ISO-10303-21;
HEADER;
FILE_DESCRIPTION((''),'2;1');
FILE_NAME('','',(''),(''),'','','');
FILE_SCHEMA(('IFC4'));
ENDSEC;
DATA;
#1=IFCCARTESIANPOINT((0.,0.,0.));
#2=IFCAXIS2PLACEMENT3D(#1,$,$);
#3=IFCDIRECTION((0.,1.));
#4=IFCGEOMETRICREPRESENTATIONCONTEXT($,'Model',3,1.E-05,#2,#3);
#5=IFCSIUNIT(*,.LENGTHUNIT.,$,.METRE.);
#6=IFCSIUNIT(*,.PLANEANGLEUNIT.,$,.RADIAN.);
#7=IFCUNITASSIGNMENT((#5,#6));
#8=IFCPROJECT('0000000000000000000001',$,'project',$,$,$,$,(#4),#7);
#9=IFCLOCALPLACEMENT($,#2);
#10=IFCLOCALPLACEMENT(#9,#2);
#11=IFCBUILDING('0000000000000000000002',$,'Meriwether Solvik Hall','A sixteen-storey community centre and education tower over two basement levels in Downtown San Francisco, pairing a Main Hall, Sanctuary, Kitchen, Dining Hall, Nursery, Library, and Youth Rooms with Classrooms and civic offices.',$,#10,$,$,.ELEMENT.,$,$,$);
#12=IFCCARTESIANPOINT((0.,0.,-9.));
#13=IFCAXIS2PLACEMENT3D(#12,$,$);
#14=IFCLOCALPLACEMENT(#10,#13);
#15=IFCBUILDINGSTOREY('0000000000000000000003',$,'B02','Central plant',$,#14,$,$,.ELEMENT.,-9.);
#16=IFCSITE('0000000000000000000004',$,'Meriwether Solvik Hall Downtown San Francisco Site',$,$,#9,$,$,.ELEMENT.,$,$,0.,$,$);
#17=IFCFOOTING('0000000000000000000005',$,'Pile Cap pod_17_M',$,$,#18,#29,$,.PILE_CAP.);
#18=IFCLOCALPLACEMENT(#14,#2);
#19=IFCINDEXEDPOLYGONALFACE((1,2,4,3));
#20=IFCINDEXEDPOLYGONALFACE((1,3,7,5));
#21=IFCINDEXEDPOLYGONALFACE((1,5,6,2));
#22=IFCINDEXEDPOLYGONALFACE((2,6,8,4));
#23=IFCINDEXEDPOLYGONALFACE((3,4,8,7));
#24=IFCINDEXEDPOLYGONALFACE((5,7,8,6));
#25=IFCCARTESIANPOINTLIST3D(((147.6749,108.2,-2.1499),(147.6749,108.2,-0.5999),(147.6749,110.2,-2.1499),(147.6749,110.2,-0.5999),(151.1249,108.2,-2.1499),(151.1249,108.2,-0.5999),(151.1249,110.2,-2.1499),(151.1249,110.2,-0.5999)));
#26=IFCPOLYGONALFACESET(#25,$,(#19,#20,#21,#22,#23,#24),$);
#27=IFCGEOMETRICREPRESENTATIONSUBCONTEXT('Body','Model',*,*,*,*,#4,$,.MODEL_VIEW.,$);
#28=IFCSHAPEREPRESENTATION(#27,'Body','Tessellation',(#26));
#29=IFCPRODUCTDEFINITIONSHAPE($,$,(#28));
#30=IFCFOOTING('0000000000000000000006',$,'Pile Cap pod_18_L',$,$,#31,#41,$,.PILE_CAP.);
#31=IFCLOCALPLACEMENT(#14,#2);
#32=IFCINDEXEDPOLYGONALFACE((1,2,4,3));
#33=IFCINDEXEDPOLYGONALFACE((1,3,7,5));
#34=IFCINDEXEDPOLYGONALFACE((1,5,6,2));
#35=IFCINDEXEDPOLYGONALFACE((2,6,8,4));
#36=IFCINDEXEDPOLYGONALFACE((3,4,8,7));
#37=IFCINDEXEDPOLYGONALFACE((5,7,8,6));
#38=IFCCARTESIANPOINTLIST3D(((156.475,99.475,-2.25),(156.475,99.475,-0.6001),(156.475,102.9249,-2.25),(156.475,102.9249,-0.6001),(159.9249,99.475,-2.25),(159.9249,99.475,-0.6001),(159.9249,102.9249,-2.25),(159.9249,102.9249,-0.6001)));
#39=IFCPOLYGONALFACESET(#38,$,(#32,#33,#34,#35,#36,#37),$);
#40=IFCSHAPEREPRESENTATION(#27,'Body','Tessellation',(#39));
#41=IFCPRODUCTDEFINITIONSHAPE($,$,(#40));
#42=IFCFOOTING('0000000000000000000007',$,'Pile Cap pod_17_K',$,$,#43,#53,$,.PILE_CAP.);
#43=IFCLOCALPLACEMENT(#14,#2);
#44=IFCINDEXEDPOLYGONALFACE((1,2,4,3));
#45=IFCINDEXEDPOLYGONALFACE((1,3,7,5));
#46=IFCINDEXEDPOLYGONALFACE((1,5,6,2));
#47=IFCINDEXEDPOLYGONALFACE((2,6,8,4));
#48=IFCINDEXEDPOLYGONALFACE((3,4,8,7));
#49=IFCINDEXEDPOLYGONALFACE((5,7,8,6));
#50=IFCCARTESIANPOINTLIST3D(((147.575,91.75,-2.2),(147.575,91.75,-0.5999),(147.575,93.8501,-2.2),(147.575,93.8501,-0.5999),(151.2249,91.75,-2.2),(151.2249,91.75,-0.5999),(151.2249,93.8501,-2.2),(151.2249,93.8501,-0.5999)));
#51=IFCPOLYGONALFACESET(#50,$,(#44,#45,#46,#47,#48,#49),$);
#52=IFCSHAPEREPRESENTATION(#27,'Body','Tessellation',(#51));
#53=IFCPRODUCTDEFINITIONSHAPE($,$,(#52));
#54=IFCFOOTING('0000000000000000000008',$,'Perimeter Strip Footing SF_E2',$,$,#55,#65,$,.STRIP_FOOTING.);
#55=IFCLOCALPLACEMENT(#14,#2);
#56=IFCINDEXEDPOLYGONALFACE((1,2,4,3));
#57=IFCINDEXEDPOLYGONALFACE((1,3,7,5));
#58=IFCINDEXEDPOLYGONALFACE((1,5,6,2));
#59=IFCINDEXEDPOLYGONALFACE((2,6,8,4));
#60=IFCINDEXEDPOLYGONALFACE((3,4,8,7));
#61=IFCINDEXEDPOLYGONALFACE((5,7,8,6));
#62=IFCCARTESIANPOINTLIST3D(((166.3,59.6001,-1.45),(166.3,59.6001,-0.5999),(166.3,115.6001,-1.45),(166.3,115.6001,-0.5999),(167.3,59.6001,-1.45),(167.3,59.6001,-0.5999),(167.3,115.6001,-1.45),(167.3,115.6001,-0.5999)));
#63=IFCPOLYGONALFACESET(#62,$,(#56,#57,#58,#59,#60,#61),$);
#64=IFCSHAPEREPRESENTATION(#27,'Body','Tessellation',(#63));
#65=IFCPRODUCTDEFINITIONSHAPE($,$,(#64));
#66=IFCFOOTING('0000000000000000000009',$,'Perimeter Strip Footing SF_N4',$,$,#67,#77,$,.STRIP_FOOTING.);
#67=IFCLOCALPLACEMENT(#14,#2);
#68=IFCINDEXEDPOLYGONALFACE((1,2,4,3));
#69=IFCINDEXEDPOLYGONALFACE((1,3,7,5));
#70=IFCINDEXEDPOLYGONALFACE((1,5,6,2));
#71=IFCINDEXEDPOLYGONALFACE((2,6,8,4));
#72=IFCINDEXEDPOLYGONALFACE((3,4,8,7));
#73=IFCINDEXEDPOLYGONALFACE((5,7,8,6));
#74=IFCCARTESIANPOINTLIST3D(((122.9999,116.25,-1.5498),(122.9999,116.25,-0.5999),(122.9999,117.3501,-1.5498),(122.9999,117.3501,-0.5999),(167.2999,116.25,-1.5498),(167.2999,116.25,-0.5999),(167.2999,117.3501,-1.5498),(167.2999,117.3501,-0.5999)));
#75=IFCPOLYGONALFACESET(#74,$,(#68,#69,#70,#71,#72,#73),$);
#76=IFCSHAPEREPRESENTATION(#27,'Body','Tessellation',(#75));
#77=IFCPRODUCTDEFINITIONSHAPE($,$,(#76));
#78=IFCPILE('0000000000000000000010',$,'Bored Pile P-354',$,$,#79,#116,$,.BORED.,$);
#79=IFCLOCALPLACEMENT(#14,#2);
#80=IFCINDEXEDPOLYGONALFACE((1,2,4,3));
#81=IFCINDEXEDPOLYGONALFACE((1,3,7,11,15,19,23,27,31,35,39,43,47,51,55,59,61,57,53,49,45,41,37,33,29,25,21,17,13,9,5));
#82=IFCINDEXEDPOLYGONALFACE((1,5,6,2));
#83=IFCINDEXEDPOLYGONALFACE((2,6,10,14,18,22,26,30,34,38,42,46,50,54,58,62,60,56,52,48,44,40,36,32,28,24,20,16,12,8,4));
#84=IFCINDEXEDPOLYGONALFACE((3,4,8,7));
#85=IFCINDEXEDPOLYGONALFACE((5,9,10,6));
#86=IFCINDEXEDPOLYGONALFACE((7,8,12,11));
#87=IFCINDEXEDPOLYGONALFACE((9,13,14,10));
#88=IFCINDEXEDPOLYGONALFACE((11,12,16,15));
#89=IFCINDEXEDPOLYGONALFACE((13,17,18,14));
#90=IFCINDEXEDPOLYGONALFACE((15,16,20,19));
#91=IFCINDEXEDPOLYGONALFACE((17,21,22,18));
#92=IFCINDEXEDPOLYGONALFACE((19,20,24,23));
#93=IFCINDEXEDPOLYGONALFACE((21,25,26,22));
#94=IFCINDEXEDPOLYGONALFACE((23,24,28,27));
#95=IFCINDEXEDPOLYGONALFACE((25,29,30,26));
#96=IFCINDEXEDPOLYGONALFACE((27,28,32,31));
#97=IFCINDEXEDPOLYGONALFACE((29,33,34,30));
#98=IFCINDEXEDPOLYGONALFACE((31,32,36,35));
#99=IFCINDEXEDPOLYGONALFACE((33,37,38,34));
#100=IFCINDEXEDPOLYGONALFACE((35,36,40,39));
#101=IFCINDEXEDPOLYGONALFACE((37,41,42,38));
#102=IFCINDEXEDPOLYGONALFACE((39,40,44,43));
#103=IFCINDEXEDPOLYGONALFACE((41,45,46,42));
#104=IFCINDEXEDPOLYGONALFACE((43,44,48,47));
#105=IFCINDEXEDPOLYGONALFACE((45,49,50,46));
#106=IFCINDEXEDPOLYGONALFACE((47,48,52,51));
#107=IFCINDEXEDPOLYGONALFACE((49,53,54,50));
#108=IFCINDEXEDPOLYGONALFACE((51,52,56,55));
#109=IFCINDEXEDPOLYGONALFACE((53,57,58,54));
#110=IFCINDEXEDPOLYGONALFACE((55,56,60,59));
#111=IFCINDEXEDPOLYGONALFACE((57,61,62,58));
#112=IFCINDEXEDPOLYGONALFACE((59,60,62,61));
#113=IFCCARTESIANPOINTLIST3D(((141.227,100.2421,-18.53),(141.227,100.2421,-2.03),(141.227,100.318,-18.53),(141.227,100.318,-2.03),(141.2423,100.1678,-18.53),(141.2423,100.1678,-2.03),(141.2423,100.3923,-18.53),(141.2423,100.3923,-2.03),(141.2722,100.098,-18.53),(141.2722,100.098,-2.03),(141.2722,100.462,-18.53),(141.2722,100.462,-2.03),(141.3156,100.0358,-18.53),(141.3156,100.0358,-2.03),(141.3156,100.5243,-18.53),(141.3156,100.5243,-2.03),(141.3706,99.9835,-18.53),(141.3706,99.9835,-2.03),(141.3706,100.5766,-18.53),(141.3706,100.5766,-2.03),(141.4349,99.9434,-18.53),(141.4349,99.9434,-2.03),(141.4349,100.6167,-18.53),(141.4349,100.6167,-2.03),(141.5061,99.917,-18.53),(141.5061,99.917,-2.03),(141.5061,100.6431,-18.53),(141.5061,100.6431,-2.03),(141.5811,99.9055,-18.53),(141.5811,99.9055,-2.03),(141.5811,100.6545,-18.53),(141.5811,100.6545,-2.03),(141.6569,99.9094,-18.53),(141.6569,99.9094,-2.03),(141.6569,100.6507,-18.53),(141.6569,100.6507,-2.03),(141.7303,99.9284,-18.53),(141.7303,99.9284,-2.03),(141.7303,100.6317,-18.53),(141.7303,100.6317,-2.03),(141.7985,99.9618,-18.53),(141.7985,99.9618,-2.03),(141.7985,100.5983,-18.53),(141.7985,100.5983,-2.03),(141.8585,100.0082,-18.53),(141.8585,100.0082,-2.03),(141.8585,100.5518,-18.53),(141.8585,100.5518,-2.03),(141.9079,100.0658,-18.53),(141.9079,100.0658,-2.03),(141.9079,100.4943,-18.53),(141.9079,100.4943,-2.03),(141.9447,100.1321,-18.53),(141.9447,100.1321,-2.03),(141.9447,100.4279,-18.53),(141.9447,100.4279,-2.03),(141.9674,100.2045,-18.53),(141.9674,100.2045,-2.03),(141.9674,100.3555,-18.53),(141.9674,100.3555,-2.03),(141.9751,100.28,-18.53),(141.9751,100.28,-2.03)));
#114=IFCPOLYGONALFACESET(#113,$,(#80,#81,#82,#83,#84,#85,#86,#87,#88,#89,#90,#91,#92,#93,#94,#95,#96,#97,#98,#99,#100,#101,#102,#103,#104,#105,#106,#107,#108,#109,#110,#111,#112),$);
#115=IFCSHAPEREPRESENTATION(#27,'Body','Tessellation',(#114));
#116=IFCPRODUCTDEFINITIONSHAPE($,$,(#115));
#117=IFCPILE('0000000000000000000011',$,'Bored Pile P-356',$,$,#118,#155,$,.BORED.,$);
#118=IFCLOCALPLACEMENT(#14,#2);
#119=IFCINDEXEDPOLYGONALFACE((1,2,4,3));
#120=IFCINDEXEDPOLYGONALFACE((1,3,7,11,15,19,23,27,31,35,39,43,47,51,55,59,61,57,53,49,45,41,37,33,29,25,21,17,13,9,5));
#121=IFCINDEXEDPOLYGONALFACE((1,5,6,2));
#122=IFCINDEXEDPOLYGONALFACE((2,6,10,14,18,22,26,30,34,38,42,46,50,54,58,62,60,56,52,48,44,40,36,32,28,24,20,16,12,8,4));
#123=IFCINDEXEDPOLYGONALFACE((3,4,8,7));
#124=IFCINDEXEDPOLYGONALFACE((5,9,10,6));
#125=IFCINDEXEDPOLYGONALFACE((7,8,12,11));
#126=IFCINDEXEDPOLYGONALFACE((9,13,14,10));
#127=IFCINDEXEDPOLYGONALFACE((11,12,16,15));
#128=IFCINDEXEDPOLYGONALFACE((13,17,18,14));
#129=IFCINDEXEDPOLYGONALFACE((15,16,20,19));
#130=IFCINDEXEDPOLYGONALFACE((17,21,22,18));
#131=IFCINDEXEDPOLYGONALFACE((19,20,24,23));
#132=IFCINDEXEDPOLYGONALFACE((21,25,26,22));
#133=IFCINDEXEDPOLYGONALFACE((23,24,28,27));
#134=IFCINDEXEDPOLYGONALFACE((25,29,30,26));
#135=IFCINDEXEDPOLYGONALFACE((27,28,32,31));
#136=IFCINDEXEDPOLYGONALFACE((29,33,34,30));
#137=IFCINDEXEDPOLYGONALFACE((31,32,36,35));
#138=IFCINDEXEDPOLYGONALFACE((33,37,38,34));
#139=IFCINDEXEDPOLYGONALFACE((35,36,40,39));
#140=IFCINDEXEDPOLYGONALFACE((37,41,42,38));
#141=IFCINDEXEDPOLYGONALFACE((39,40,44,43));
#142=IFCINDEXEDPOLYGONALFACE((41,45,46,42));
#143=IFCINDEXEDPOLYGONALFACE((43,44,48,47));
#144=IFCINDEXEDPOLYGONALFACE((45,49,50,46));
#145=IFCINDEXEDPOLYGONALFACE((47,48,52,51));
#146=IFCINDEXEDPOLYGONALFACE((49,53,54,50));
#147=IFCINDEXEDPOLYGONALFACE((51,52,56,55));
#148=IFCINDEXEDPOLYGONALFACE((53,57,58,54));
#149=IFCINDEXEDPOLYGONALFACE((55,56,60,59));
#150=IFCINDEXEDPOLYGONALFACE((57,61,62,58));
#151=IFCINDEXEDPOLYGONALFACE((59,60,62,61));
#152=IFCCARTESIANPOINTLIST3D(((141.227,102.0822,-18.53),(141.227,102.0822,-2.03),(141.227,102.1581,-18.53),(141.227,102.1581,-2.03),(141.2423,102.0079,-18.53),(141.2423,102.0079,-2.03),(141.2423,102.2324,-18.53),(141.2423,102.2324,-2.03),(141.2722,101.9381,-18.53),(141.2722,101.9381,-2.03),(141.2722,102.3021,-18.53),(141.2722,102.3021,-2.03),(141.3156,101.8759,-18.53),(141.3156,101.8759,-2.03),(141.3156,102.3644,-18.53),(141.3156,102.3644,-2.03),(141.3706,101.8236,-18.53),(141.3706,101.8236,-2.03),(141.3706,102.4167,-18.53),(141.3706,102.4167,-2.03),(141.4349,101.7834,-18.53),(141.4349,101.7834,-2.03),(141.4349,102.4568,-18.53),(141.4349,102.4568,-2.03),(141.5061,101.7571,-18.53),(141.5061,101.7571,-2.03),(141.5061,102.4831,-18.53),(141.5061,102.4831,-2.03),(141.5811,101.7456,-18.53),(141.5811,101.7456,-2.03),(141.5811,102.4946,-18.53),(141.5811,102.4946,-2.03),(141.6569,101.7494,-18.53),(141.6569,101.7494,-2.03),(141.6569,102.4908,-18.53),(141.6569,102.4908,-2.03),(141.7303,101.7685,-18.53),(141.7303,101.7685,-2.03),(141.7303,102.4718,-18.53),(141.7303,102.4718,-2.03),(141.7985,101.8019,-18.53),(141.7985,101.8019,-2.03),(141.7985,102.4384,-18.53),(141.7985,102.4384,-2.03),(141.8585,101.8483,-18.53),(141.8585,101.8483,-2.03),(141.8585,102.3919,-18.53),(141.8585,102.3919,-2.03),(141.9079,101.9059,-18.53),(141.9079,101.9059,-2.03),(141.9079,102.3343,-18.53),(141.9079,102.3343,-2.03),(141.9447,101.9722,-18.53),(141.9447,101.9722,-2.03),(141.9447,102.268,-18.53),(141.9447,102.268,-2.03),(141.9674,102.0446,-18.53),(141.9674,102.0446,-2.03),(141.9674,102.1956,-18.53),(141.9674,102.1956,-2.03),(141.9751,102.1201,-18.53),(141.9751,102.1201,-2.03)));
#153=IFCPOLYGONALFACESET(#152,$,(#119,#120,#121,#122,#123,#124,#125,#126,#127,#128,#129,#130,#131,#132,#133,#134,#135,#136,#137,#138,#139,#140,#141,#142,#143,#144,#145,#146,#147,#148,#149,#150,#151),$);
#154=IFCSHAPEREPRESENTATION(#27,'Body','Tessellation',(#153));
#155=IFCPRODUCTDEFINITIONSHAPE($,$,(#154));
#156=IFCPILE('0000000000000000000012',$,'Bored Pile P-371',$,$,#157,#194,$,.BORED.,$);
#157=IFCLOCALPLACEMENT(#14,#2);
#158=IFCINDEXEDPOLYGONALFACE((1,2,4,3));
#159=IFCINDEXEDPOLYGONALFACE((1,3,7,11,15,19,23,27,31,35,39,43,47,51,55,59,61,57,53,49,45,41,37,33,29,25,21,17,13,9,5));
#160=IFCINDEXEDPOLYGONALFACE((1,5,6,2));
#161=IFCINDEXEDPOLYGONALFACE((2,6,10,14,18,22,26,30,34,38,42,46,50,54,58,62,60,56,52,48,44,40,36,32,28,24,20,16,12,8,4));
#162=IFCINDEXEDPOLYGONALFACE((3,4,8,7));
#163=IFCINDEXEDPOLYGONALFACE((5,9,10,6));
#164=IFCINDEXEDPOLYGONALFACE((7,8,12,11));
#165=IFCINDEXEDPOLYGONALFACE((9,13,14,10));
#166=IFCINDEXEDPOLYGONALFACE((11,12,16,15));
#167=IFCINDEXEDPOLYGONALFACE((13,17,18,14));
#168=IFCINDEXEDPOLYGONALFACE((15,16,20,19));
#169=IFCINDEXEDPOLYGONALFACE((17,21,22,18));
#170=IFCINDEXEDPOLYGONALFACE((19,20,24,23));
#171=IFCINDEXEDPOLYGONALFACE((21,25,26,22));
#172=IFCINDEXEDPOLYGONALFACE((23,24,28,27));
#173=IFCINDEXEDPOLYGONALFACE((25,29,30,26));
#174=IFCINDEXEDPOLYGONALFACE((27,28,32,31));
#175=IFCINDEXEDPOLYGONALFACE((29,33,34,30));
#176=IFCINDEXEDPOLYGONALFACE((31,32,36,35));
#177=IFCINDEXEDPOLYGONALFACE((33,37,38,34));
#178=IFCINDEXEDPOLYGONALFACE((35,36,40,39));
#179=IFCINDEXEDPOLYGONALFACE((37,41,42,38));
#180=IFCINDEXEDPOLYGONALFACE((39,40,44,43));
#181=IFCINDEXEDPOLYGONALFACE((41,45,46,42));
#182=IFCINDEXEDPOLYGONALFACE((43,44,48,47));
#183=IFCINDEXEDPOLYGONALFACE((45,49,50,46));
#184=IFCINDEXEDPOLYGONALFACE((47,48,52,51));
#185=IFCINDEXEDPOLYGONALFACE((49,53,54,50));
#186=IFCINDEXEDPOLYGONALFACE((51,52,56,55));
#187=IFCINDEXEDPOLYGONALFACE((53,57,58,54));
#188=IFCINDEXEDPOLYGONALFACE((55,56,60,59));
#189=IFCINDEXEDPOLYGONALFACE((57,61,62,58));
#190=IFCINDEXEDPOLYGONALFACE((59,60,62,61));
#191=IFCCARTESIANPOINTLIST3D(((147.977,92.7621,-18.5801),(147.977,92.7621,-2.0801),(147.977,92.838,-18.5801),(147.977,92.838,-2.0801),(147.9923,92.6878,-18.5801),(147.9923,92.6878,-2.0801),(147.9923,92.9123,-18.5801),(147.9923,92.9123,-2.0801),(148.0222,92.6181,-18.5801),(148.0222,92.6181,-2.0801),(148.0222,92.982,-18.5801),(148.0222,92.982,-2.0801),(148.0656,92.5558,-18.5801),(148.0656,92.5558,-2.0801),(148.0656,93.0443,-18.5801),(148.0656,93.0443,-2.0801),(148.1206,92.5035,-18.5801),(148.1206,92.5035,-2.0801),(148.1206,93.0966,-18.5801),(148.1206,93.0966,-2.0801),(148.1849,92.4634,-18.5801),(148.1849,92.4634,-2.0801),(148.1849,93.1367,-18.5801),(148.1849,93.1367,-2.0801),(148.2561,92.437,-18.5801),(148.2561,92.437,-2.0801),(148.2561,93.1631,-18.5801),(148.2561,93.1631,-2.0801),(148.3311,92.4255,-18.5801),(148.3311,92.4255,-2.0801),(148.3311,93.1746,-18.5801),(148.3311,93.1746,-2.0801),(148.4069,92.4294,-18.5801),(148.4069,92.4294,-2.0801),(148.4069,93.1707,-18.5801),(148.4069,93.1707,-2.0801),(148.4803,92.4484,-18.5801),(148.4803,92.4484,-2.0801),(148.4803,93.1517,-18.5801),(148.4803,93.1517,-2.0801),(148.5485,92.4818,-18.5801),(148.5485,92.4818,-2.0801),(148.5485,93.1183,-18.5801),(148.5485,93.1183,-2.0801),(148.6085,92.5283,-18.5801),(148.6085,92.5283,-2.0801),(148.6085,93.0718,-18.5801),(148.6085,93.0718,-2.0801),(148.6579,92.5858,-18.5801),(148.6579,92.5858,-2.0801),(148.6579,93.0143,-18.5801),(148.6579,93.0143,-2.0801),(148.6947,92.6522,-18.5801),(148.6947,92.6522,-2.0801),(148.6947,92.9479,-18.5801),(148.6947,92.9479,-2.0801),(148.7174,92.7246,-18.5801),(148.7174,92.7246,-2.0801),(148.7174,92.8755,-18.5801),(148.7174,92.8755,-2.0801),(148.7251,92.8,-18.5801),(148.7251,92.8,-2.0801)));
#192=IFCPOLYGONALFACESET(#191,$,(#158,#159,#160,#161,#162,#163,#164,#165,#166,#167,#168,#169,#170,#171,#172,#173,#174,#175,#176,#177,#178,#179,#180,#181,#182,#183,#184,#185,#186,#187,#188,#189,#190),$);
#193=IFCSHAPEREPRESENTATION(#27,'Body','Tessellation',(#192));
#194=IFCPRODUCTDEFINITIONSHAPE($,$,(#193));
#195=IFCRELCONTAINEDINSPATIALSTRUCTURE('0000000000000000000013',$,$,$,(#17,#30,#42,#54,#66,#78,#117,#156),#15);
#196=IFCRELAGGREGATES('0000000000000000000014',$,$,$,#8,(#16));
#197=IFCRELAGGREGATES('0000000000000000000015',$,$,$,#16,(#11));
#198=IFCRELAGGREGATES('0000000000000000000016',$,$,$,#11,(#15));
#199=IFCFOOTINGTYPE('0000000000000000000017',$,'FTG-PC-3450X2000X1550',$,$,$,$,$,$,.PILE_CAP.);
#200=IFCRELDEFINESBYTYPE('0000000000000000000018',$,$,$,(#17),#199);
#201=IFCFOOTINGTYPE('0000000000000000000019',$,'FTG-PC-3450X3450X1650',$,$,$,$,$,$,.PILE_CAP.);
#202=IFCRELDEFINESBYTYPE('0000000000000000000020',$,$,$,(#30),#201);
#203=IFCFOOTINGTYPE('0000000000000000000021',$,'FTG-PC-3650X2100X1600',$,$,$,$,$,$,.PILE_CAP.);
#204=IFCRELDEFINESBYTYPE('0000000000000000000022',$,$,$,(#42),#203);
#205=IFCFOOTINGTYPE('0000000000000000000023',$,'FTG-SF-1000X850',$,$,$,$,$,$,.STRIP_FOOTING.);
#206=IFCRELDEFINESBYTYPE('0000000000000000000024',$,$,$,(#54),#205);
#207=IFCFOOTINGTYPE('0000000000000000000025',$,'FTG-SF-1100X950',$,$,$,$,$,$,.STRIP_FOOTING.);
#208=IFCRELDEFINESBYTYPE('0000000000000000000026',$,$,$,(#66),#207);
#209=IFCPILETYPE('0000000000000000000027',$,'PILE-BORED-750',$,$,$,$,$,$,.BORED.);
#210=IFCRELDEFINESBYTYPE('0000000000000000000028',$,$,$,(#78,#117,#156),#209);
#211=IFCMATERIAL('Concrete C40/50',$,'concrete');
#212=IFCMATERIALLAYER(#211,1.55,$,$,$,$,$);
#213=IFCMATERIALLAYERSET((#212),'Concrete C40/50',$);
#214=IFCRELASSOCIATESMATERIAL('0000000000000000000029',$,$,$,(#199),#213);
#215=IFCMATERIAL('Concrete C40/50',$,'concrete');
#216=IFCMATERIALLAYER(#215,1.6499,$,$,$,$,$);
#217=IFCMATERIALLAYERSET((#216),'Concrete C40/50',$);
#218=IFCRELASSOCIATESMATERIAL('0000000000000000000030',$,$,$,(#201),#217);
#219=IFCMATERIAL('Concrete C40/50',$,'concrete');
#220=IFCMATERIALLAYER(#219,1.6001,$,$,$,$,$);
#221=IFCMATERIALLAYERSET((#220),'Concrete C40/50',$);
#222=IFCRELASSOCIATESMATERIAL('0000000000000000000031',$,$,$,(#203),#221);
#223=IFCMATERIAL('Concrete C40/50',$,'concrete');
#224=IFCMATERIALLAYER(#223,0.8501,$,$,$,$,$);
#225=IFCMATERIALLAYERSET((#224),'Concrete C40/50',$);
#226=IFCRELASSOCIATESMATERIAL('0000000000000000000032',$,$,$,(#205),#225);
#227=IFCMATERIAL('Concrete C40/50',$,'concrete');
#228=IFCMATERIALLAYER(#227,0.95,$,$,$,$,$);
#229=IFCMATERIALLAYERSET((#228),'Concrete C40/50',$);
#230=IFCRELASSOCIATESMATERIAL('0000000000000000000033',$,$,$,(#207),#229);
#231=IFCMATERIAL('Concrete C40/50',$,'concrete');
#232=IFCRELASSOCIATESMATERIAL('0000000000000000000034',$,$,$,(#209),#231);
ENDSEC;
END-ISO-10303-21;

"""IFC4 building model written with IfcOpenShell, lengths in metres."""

from ifc_helpers import new_model, si_unit, direction, frame, origin, origin_2d, place, context, subcontext, project, spatial, rectangle, circle, extrude, material, layer, layer_set, material_profile, profile_set, type_object, element, save


model = new_model("IFC4")

# Units and contexts
model_context = context("Model", 3, precision=1e-05, world=origin(), true_north=direction((0.0, 1.0)))
body_context = subcontext(model_context, "Body", "Model", "MODEL_VIEW")
ifc_project = project(units=[si_unit("LENGTHUNIT", "METRE"), si_unit("PLANEANGLEUNIT", "RADIAN")], contexts=[model_context])

# Site, building, storey
site_placement = place(None, origin())
site = spatial("IfcSite", under=ifc_project, at=site_placement, Name="Meriwether Solvik Hall Downtown San Francisco Site", CompositionType="ELEMENT", RefElevation=0.0)
building_placement = place(site_placement, origin())
building = spatial("IfcBuilding", under=site, at=building_placement, Name="Meriwether Solvik Hall", Description="A sixteen-storey community centre and education tower over two basement levels in Downtown San Francisco, pairing a Main Hall, Sanctuary, Kitchen, Dining Hall, Nursery, Library, and Youth Rooms with Classrooms and civic offices.", CompositionType="ELEMENT")
storey_placement = place(building_placement, frame((0.0, 0.0, -9.0)))
storey = spatial("IfcBuildingStorey", under=building, at=storey_placement, Name="B02", Description="Central plant", CompositionType="ELEMENT", Elevation=-9.0)

# Footings
ifc_material_1 = material(Name="Concrete C40/50", Category="concrete")
ifc_layer_1 = layer(ifc_material_1, 1.55)
ifc_layer_set_1 = layer_set([ifc_layer_1], Name="Concrete C40/50")
footing_type_1 = type_object("IfcFootingType", Name="FTG-PC-3450X2000X1550", PredefinedType="PILE_CAP", material=ifc_layer_set_1)
footing_1_placement = place(storey_placement, frame((149.3999, 109.2, -2.1499), z_axis=(0.0, 0.0, 1.0), x_axis=(1.0, 0.0, 0.0)))
element("IfcFooting", 1, at=footing_1_placement, inside=storey, type_object=footing_type_1, Name="Pile Cap pod_17_M", PredefinedType="PILE_CAP", context=body_context, shape_type="SweptSolid", body=[
    extrude(rectangle(XDim=3.45, YDim=2.0, at=origin_2d()), origin(), (0.0, 0.0, 1.0), 1.55),
])
ifc_material_2 = material(Name="Concrete C40/50", Category="concrete")
ifc_layer_2 = layer(ifc_material_2, 1.6499)
ifc_layer_set_2 = layer_set([ifc_layer_2], Name="Concrete C40/50")
footing_type_2 = type_object("IfcFootingType", Name="FTG-PC-3450X3450X1650", PredefinedType="PILE_CAP", material=ifc_layer_set_2)
footing_2_placement = place(storey_placement, frame((158.2, 101.2, -2.25), z_axis=(0.0, 0.0, 1.0), x_axis=(1.0, 0.0, 0.0)))
element("IfcFooting", 2, at=footing_2_placement, inside=storey, type_object=footing_type_2, Name="Pile Cap pod_18_L", PredefinedType="PILE_CAP", context=body_context, shape_type="SweptSolid", body=[
    extrude(rectangle(XDim=3.45, YDim=3.45, at=origin_2d()), origin(), (0.0, 0.0, 1.0), 1.6499),
])
ifc_material_3 = material(Name="Concrete C40/50", Category="concrete")
ifc_layer_3 = layer(ifc_material_3, 1.6001)
ifc_layer_set_3 = layer_set([ifc_layer_3], Name="Concrete C40/50")
footing_type_3 = type_object("IfcFootingType", Name="FTG-PC-3650X2100X1600", PredefinedType="PILE_CAP", material=ifc_layer_set_3)
footing_3_placement = place(storey_placement, frame((149.3999, 92.8, -2.2), z_axis=(0.0, 0.0, 1.0), x_axis=(1.0, 0.0, 0.0)))
element("IfcFooting", 3, at=footing_3_placement, inside=storey, type_object=footing_type_3, Name="Pile Cap pod_17_K", PredefinedType="PILE_CAP", context=body_context, shape_type="SweptSolid", body=[
    extrude(rectangle(XDim=3.6499, YDim=2.1001, at=origin_2d()), origin(), (0.0, 0.0, 1.0), 1.6001),
])
ifc_material_4 = material(Name="Concrete C40/50", Category="concrete")
ifc_layer_4 = layer(ifc_material_4, 0.8501)
ifc_layer_set_4 = layer_set([ifc_layer_4], Name="Concrete C40/50")
footing_type_4 = type_object("IfcFootingType", Name="FTG-SF-1000X850", PredefinedType="STRIP_FOOTING", material=ifc_layer_set_4)
footing_4_placement = place(storey_placement, frame((166.8, 87.6001, -1.45), z_axis=(0.0, 0.0, 1.0), x_axis=(0.0, 1.0, 0.0)))
element("IfcFooting", 4, at=footing_4_placement, inside=storey, type_object=footing_type_4, Name="Perimeter Strip Footing SF_E2", PredefinedType="STRIP_FOOTING", context=body_context, shape_type="SweptSolid", body=[
    extrude(rectangle(XDim=56.0, YDim=1.0, at=origin_2d()), origin(), (0.0, 0.0, 1.0), 0.8501),
])
ifc_material_5 = material(Name="Concrete C40/50", Category="concrete")
ifc_layer_5 = layer(ifc_material_5, 0.95)
ifc_layer_set_5 = layer_set([ifc_layer_5], Name="Concrete C40/50")
footing_type_5 = type_object("IfcFootingType", Name="FTG-SF-1100X950", PredefinedType="STRIP_FOOTING", material=ifc_layer_set_5)
footing_5_placement = place(storey_placement, frame((145.1499, 116.8, -1.5498), z_axis=(0.0, 0.0, 1.0), x_axis=(1.0, 0.0, 0.0)))
element("IfcFooting", 5, at=footing_5_placement, inside=storey, type_object=footing_type_5, Name="Perimeter Strip Footing SF_N4", PredefinedType="STRIP_FOOTING", context=body_context, shape_type="SweptSolid", body=[
    extrude(rectangle(XDim=44.3, YDim=1.1001, at=origin_2d()), origin(), (0.0, 0.0, 1.0), 0.95),
])

# Piles
ifc_material_6 = material(Name="Concrete C40/50", Category="concrete")
ifc_material_profile_1 = material_profile(ifc_material_6, circle(Radius=0.375, at=origin_2d()), Name="PILE-D750")
ifc_profile_set_1 = profile_set([ifc_material_profile_1], Name="Concrete C40/50")
pile_type = type_object("IfcPileType", Name="PILE-BORED-750", PredefinedType="BORED", material=ifc_profile_set_1)
for number, where, z_axis, x_axis, name in (
    (6, (141.6001, 100.28, -2.03), (0.0, 0.0, -1.0), (1.0, 0.0, 0.0), "Bored Pile P-354"),
    (7, (141.6001, 102.1201, -2.03), (0.0, 0.0, -1.0), (1.0, 0.0, 0.0), "Bored Pile P-356"),
    (8, (148.3501, 92.8, -2.0801), (0.0, 0.0, -1.0), (1.0, 0.0, 0.0), "Bored Pile P-371"),
):
    element("IfcPile", number, at=place(storey_placement, frame(where, z_axis=z_axis, x_axis=x_axis)), inside=storey, type_object=pile_type, Name=name, PredefinedType="BORED", context=body_context, shape_type="SweptSolid", body=[
        extrude(circle(Radius=0.375, at=origin_2d()), origin(), (0.0, 0.0, 1.0), 16.5),
    ])

save(model, "model.ifc")
